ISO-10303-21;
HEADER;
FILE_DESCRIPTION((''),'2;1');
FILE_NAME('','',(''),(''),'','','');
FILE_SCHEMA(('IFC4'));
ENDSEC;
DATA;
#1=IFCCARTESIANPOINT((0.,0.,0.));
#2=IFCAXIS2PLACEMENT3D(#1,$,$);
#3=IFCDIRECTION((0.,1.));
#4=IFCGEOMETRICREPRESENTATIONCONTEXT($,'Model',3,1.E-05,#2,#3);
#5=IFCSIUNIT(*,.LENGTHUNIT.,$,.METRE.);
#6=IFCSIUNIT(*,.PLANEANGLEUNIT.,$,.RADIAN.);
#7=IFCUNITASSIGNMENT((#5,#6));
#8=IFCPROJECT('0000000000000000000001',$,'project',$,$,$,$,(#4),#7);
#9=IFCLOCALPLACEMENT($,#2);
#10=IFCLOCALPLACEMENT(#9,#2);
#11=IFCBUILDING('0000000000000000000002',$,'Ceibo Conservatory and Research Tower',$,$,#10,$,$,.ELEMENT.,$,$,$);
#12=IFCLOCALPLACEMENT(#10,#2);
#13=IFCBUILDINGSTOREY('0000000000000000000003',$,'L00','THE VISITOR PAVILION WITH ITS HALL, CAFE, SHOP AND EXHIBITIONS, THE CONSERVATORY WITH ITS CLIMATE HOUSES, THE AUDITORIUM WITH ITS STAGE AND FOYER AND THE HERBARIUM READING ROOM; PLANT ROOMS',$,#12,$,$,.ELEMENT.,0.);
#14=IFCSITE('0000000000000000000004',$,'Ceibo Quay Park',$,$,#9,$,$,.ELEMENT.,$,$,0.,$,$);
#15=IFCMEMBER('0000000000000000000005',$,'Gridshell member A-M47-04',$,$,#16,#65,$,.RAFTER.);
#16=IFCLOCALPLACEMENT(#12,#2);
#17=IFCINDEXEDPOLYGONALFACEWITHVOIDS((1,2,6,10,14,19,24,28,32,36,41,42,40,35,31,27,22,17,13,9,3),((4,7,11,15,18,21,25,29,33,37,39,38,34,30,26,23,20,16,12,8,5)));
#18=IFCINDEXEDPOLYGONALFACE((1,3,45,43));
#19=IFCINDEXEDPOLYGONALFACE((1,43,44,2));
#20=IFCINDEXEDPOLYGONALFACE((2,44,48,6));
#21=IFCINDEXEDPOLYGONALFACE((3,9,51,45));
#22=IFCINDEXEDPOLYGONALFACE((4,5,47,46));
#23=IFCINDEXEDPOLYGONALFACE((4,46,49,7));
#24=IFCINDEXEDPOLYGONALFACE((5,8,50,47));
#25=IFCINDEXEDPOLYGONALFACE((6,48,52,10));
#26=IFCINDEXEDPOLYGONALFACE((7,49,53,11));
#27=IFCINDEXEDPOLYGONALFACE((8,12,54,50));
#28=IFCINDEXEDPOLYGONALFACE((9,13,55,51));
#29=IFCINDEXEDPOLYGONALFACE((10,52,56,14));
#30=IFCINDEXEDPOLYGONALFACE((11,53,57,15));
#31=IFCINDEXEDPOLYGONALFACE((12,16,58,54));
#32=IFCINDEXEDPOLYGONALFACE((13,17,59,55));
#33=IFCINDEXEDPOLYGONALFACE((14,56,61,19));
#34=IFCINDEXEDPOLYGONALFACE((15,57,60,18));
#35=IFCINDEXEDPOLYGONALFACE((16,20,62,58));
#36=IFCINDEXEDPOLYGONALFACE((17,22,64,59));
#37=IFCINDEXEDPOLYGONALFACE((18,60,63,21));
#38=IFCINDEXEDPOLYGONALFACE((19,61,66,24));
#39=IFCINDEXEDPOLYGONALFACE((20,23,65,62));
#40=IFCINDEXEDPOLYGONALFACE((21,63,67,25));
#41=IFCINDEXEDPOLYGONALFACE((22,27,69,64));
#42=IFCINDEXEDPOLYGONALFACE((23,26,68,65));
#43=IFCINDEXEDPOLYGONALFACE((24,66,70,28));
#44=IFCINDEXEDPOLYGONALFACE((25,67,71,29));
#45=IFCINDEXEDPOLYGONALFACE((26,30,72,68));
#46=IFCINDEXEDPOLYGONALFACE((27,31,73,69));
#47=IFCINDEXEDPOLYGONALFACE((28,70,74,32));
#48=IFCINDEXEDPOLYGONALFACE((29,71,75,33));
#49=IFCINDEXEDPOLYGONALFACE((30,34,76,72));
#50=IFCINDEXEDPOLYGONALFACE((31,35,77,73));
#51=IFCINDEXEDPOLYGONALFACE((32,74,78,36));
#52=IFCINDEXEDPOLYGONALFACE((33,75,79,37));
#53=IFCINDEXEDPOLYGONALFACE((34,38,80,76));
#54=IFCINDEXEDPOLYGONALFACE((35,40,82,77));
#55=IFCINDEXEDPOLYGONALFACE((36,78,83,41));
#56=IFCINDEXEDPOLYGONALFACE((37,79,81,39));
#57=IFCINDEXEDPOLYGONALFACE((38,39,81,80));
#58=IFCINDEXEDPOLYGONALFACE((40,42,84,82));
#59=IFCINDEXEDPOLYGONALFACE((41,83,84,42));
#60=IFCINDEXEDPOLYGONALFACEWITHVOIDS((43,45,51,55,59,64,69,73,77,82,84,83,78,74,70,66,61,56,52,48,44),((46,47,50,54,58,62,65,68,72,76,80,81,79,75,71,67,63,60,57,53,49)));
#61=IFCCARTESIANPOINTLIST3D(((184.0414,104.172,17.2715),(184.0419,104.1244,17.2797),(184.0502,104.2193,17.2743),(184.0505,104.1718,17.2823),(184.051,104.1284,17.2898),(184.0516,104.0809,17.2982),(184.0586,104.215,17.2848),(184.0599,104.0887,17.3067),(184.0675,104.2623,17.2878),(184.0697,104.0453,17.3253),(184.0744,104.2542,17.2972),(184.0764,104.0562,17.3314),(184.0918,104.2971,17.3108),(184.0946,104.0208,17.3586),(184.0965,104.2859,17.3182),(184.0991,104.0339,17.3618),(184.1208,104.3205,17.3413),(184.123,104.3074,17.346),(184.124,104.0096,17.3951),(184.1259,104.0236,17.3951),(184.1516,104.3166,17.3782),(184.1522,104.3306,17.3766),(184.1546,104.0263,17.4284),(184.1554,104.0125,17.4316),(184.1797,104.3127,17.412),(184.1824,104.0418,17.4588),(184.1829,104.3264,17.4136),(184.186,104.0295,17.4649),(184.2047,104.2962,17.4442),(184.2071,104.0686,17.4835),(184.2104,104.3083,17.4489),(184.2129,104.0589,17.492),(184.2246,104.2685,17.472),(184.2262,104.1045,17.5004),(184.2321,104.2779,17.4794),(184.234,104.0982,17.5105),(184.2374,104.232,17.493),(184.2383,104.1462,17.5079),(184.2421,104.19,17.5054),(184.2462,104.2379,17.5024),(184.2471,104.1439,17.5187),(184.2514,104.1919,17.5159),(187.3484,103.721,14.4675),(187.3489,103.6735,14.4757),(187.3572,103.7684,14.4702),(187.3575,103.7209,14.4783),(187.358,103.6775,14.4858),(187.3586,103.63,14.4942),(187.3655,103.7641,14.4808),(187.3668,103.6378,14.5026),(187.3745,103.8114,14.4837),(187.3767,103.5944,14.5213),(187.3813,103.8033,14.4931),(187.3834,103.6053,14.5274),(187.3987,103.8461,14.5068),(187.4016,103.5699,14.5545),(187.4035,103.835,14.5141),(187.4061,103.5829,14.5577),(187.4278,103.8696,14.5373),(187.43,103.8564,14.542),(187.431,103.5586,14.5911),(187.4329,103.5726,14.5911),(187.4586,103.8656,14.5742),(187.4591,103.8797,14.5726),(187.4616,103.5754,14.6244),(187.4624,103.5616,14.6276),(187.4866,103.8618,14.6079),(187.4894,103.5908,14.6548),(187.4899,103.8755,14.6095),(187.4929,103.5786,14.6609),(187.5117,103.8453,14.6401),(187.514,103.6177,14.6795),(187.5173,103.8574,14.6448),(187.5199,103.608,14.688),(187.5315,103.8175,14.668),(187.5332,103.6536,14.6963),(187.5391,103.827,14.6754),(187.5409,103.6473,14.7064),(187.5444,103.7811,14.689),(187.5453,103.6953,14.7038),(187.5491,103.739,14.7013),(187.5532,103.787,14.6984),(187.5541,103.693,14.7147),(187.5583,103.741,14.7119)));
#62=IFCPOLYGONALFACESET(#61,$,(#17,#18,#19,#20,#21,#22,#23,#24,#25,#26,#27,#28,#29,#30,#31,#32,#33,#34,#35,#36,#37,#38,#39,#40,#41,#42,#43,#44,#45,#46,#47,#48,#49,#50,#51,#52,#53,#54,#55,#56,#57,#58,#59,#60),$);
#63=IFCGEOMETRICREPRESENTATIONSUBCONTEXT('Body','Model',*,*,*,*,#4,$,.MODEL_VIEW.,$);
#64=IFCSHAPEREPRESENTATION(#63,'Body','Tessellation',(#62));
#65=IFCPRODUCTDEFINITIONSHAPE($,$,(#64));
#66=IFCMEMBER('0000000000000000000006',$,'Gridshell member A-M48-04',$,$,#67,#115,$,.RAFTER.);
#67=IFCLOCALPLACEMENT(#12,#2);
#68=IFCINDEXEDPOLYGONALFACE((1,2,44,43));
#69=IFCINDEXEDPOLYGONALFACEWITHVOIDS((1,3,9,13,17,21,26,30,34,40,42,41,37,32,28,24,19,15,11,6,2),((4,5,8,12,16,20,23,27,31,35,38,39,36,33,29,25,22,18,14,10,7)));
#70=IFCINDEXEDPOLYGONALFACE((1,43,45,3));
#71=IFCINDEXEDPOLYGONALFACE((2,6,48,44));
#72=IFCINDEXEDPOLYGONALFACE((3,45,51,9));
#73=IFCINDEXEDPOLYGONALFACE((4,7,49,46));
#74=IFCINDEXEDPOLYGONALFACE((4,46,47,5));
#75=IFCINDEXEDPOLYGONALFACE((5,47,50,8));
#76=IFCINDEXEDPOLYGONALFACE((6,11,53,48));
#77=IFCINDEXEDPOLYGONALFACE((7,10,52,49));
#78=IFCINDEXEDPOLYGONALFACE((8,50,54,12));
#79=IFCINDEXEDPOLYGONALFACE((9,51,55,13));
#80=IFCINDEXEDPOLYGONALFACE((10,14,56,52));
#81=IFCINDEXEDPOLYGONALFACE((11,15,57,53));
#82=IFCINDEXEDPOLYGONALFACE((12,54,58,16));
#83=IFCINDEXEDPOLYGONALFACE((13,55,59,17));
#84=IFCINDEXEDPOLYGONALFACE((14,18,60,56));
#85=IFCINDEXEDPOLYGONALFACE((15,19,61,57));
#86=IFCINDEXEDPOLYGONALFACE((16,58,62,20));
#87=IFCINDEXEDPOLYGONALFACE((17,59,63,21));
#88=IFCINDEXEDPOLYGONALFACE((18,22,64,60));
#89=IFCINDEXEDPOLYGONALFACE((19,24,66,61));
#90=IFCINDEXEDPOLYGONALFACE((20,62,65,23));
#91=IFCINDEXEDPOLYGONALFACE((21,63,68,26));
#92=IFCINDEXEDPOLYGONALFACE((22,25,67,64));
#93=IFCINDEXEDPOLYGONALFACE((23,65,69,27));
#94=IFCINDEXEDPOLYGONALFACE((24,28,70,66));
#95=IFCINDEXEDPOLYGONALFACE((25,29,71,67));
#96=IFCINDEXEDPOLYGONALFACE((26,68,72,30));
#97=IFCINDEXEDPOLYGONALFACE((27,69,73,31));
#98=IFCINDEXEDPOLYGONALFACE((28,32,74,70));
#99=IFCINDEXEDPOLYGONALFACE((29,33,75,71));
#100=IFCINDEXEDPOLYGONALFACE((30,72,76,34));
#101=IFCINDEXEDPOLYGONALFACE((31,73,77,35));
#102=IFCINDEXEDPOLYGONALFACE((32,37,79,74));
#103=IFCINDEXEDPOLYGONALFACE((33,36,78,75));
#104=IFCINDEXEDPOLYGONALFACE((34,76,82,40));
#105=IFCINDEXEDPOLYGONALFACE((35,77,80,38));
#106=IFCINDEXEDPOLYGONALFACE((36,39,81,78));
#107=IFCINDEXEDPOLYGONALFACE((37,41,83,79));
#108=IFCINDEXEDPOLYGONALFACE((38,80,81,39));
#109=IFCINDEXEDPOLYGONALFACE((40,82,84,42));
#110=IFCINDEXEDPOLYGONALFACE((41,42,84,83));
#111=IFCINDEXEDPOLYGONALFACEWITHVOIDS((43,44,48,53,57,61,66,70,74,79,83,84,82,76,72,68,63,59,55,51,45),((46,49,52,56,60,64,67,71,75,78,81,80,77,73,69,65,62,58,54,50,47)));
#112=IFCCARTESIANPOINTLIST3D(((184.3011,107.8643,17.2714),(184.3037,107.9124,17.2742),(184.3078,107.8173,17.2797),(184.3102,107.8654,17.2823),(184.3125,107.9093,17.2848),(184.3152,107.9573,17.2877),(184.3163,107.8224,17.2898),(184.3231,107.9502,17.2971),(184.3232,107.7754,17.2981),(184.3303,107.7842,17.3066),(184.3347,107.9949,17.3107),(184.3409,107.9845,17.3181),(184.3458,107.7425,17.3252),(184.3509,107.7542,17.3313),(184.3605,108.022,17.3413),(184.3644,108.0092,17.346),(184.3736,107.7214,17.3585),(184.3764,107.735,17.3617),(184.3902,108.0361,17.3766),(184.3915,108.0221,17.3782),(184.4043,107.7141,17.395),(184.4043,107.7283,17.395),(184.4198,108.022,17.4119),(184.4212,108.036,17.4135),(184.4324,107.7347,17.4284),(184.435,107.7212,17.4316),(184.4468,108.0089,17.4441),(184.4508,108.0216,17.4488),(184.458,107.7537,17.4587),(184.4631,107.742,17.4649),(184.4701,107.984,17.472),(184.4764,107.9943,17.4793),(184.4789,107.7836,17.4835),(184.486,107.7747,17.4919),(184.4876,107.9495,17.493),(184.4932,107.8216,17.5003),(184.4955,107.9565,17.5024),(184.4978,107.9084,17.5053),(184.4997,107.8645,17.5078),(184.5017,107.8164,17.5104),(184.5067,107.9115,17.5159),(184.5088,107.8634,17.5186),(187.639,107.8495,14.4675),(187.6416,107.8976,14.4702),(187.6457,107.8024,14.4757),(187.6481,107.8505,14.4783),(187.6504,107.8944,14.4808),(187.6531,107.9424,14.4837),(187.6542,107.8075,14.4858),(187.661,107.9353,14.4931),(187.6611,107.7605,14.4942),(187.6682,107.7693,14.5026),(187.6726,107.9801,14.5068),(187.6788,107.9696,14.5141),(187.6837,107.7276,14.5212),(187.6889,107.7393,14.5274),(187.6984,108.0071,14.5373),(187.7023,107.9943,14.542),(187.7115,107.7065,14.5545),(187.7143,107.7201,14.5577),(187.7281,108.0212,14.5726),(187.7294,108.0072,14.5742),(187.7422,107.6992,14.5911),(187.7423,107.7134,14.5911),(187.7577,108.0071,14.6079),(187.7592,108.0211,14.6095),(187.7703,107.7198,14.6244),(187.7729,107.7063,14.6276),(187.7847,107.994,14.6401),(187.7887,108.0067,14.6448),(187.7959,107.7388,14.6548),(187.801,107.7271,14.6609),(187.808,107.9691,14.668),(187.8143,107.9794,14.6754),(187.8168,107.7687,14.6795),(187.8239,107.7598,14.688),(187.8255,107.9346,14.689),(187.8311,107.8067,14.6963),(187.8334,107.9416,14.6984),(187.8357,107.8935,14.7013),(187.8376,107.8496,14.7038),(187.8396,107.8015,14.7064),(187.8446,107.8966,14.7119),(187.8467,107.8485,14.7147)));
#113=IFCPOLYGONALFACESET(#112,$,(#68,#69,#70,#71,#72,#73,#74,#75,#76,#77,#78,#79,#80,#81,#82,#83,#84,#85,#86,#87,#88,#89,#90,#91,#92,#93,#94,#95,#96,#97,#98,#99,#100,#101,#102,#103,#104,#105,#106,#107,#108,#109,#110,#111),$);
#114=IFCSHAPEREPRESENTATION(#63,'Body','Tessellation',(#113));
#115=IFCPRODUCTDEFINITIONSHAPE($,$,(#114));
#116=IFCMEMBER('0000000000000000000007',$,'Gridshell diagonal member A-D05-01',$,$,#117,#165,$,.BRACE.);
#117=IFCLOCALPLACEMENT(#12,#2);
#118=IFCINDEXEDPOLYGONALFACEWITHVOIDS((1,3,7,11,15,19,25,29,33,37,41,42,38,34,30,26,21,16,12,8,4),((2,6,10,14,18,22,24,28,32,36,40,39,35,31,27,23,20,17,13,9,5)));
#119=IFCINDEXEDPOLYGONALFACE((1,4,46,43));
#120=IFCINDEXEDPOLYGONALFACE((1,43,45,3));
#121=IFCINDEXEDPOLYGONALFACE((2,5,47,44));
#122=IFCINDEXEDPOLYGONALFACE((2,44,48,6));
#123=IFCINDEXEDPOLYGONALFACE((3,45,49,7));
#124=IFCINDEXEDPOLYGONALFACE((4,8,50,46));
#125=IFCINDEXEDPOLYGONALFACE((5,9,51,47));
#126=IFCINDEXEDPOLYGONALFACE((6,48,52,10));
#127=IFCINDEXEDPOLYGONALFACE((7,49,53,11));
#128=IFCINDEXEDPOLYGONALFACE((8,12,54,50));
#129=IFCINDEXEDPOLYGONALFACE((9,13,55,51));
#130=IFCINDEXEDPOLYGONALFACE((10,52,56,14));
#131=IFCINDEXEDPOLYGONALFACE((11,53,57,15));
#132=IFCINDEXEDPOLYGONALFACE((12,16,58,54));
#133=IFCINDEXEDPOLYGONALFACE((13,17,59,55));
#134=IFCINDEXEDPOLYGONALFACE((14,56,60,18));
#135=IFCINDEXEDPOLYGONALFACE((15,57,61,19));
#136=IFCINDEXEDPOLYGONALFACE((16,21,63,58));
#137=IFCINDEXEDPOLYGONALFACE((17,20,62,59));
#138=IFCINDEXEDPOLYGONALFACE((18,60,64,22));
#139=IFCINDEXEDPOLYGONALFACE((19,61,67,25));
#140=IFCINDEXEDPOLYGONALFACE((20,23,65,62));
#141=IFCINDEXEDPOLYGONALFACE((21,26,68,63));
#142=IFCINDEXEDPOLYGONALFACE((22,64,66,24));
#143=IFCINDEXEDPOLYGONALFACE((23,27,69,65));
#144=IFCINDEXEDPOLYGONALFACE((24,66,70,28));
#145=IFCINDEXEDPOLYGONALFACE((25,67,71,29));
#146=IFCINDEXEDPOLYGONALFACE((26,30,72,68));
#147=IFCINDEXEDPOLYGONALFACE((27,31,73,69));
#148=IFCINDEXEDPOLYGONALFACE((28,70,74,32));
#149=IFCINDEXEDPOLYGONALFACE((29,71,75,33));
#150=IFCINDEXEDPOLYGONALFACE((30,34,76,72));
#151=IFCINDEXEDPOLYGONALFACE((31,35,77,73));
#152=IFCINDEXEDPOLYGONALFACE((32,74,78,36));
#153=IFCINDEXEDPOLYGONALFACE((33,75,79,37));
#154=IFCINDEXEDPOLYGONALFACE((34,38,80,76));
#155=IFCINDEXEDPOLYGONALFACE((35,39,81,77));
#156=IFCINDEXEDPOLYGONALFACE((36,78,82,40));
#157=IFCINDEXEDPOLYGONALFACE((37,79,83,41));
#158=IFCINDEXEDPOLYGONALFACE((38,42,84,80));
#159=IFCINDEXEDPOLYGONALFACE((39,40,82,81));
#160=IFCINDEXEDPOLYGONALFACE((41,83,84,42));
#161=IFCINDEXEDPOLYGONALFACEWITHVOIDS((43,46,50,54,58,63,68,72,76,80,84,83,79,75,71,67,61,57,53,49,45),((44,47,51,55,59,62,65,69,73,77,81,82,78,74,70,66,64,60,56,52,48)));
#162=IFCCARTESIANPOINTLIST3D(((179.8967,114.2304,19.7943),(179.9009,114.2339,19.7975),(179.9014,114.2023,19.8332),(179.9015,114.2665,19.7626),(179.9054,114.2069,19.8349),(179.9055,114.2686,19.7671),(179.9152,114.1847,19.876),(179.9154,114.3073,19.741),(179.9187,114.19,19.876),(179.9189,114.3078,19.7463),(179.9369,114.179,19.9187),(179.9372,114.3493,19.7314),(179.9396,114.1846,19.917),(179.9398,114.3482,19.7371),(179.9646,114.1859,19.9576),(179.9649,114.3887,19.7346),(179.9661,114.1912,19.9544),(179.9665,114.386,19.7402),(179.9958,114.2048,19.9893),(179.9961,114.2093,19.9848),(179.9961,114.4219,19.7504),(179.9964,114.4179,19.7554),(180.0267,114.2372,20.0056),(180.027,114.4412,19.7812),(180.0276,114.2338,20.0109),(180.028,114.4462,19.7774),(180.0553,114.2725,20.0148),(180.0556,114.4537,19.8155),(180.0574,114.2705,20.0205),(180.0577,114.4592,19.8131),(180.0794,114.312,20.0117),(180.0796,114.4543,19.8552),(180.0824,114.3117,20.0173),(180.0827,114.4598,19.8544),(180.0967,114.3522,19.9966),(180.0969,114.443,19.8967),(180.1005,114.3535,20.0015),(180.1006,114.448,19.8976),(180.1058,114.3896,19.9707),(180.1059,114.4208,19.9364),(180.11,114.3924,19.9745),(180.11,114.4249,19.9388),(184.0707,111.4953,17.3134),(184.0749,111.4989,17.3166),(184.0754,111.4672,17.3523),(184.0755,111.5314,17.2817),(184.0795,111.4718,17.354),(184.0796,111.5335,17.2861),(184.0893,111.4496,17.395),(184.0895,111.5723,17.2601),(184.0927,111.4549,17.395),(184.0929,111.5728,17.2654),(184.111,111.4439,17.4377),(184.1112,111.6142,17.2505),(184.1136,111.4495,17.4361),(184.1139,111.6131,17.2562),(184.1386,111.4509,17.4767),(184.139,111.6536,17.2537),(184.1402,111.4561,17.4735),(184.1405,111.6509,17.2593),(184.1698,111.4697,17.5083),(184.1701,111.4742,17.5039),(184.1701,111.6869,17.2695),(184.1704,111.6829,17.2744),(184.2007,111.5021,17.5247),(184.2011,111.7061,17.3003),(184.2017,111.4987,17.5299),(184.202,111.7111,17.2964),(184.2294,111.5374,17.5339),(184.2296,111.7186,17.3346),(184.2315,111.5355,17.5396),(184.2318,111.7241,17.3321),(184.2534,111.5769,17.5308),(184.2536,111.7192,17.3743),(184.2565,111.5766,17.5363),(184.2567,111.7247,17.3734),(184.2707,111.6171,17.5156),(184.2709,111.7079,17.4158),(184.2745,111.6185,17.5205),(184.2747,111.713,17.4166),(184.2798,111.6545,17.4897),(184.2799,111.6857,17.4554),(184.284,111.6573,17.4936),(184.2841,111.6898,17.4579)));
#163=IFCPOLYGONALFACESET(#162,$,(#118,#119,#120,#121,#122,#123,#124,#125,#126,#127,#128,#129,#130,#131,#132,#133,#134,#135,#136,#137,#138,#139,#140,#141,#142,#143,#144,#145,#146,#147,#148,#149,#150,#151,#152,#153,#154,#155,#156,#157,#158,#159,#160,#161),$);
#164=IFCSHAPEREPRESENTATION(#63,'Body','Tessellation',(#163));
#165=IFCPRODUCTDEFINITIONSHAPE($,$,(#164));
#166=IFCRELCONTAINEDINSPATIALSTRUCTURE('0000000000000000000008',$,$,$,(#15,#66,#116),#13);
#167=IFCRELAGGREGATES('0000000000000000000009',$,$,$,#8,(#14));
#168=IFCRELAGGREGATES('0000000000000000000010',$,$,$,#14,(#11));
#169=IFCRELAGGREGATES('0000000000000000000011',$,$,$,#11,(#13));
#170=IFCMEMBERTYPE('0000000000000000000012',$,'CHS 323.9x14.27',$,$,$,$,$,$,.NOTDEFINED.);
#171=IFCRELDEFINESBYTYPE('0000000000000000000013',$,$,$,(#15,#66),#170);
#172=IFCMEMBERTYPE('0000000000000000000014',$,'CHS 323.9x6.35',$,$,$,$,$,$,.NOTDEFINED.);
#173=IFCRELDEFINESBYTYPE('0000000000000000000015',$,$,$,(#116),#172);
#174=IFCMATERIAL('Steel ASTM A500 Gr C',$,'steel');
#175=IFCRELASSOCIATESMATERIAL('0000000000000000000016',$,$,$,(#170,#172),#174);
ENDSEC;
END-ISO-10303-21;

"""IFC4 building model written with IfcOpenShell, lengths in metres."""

from ifc_helpers import new_model, si_unit, direction, frame, origin, origin_2d, place, context, subcontext, project, spatial, hollow_circle, extrude, material, material_profile, profile_set, type_object, element, save


model = new_model("IFC4")

# Units and contexts
model_context = context("Model", 3, precision=1e-05, world=origin(), true_north=direction((0.0, 1.0)))
body_context = subcontext(model_context, "Body", "Model", "MODEL_VIEW")
ifc_project = project(units=[si_unit("LENGTHUNIT", "METRE"), si_unit("PLANEANGLEUNIT", "RADIAN")], contexts=[model_context])

# Site, building, storey
site_placement = place(None, origin())
site = spatial("IfcSite", under=ifc_project, at=site_placement, Name="Ceibo Quay Park", CompositionType="ELEMENT", RefElevation=0.0)
building_placement = place(site_placement, origin())
building = spatial("IfcBuilding", under=site, at=building_placement, Name="Ceibo Conservatory and Research Tower", CompositionType="ELEMENT")
storey_placement = place(building_placement, origin())
storey = spatial("IfcBuildingStorey", under=building, at=storey_placement, Name="L00", Description="THE VISITOR PAVILION WITH ITS HALL, CAFE, SHOP AND EXHIBITIONS, THE CONSERVATORY WITH ITS CLIMATE HOUSES, THE AUDITORIUM WITH ITS STAGE AND FOYER AND THE HERBARIUM READING ROOM; PLANT ROOMS", CompositionType="ELEMENT", Elevation=0.0)

# Members
ifc_material_1 = material(Name="Steel ASTM A500 Gr C", Category="steel")
ifc_material_profile_1 = material_profile(ifc_material_1, hollow_circle(Radius=0.1619, WallThickness=0.0142, at=origin_2d()), Name="CHS 323.9x14.27")
ifc_profile_set_1 = profile_set([ifc_material_profile_1], Name="Steel ASTM A500 Gr C")
member_type_1 = type_object("IfcMemberType", Name="CHS 323.9x14.27", PredefinedType="NOTDEFINED", material=ifc_profile_set_1)
for number, where, z_axis, x_axis, name in (
    (1, (187.4529, 103.719, 14.5911), (-0.758632, 0.103447, 0.643255), (-0.13511, -0.990831, 0.0), "Gridshell member A-M47-04"),
):
    element("IfcMember", number, at=place(storey_placement, frame(where, z_axis=z_axis, x_axis=x_axis)), inside=storey, type_object=member_type_1, Name=name, PredefinedType="RAFTER", context=body_context, shape_type="SweptSolid", body=[
        extrude(hollow_circle(Radius=0.1619, WallThickness=0.0142, at=origin_2d()), origin(), (0.0, 0.0, 1.0), 4.3591),
    ])
member_1_placement = place(storey_placement, frame((187.7429, 107.8611, 14.5911), z_axis=(-0.765686, 0.003416, 0.643205), x_axis=(-0.004462, -0.99999, 0.0)))
element("IfcMember", 2, at=member_1_placement, inside=storey, type_object=member_type_1, Name="Gridshell member A-M48-04", PredefinedType="RAFTER", context=body_context, shape_type="SweptSolid", body=[
    extrude(hollow_circle(Radius=0.1619, WallThickness=0.0142, at=origin_2d()), origin(), (0.0, 0.0, 1.0), 4.3594),
])
ifc_material_profile_2 = material_profile(ifc_material_1, hollow_circle(Radius=0.1619, WallThickness=0.0063, at=origin_2d()), Name="CHS 323.9x6.35")
ifc_profile_set_2 = profile_set([ifc_material_profile_2], Name="Steel ASTM A500 Gr C")
member_type_2 = type_object("IfcMemberType", Name="CHS 323.9x6.35", PredefinedType="NOTDEFINED", material=ifc_profile_set_2)
for number, where, z_axis, x_axis, name in (
    (3, (184.178, 111.585, 17.395), (-0.748975, 0.490774, 0.445171), (-0.548078, -0.836427, 0.0), "Gridshell diagonal member A-D05-01"),
):
    element("IfcMember", number, at=place(storey_placement, frame(where, z_axis=z_axis, x_axis=x_axis)), inside=storey, type_object=member_type_2, Name=name, PredefinedType="BRACE", context=body_context, shape_type="SweptSolid", body=[
        extrude(hollow_circle(Radius=0.1619, WallThickness=0.0063, at=origin_2d()), origin(), (0.0, 0.0, 1.0), 5.573),
    ])

save(model, "model.ifc")
